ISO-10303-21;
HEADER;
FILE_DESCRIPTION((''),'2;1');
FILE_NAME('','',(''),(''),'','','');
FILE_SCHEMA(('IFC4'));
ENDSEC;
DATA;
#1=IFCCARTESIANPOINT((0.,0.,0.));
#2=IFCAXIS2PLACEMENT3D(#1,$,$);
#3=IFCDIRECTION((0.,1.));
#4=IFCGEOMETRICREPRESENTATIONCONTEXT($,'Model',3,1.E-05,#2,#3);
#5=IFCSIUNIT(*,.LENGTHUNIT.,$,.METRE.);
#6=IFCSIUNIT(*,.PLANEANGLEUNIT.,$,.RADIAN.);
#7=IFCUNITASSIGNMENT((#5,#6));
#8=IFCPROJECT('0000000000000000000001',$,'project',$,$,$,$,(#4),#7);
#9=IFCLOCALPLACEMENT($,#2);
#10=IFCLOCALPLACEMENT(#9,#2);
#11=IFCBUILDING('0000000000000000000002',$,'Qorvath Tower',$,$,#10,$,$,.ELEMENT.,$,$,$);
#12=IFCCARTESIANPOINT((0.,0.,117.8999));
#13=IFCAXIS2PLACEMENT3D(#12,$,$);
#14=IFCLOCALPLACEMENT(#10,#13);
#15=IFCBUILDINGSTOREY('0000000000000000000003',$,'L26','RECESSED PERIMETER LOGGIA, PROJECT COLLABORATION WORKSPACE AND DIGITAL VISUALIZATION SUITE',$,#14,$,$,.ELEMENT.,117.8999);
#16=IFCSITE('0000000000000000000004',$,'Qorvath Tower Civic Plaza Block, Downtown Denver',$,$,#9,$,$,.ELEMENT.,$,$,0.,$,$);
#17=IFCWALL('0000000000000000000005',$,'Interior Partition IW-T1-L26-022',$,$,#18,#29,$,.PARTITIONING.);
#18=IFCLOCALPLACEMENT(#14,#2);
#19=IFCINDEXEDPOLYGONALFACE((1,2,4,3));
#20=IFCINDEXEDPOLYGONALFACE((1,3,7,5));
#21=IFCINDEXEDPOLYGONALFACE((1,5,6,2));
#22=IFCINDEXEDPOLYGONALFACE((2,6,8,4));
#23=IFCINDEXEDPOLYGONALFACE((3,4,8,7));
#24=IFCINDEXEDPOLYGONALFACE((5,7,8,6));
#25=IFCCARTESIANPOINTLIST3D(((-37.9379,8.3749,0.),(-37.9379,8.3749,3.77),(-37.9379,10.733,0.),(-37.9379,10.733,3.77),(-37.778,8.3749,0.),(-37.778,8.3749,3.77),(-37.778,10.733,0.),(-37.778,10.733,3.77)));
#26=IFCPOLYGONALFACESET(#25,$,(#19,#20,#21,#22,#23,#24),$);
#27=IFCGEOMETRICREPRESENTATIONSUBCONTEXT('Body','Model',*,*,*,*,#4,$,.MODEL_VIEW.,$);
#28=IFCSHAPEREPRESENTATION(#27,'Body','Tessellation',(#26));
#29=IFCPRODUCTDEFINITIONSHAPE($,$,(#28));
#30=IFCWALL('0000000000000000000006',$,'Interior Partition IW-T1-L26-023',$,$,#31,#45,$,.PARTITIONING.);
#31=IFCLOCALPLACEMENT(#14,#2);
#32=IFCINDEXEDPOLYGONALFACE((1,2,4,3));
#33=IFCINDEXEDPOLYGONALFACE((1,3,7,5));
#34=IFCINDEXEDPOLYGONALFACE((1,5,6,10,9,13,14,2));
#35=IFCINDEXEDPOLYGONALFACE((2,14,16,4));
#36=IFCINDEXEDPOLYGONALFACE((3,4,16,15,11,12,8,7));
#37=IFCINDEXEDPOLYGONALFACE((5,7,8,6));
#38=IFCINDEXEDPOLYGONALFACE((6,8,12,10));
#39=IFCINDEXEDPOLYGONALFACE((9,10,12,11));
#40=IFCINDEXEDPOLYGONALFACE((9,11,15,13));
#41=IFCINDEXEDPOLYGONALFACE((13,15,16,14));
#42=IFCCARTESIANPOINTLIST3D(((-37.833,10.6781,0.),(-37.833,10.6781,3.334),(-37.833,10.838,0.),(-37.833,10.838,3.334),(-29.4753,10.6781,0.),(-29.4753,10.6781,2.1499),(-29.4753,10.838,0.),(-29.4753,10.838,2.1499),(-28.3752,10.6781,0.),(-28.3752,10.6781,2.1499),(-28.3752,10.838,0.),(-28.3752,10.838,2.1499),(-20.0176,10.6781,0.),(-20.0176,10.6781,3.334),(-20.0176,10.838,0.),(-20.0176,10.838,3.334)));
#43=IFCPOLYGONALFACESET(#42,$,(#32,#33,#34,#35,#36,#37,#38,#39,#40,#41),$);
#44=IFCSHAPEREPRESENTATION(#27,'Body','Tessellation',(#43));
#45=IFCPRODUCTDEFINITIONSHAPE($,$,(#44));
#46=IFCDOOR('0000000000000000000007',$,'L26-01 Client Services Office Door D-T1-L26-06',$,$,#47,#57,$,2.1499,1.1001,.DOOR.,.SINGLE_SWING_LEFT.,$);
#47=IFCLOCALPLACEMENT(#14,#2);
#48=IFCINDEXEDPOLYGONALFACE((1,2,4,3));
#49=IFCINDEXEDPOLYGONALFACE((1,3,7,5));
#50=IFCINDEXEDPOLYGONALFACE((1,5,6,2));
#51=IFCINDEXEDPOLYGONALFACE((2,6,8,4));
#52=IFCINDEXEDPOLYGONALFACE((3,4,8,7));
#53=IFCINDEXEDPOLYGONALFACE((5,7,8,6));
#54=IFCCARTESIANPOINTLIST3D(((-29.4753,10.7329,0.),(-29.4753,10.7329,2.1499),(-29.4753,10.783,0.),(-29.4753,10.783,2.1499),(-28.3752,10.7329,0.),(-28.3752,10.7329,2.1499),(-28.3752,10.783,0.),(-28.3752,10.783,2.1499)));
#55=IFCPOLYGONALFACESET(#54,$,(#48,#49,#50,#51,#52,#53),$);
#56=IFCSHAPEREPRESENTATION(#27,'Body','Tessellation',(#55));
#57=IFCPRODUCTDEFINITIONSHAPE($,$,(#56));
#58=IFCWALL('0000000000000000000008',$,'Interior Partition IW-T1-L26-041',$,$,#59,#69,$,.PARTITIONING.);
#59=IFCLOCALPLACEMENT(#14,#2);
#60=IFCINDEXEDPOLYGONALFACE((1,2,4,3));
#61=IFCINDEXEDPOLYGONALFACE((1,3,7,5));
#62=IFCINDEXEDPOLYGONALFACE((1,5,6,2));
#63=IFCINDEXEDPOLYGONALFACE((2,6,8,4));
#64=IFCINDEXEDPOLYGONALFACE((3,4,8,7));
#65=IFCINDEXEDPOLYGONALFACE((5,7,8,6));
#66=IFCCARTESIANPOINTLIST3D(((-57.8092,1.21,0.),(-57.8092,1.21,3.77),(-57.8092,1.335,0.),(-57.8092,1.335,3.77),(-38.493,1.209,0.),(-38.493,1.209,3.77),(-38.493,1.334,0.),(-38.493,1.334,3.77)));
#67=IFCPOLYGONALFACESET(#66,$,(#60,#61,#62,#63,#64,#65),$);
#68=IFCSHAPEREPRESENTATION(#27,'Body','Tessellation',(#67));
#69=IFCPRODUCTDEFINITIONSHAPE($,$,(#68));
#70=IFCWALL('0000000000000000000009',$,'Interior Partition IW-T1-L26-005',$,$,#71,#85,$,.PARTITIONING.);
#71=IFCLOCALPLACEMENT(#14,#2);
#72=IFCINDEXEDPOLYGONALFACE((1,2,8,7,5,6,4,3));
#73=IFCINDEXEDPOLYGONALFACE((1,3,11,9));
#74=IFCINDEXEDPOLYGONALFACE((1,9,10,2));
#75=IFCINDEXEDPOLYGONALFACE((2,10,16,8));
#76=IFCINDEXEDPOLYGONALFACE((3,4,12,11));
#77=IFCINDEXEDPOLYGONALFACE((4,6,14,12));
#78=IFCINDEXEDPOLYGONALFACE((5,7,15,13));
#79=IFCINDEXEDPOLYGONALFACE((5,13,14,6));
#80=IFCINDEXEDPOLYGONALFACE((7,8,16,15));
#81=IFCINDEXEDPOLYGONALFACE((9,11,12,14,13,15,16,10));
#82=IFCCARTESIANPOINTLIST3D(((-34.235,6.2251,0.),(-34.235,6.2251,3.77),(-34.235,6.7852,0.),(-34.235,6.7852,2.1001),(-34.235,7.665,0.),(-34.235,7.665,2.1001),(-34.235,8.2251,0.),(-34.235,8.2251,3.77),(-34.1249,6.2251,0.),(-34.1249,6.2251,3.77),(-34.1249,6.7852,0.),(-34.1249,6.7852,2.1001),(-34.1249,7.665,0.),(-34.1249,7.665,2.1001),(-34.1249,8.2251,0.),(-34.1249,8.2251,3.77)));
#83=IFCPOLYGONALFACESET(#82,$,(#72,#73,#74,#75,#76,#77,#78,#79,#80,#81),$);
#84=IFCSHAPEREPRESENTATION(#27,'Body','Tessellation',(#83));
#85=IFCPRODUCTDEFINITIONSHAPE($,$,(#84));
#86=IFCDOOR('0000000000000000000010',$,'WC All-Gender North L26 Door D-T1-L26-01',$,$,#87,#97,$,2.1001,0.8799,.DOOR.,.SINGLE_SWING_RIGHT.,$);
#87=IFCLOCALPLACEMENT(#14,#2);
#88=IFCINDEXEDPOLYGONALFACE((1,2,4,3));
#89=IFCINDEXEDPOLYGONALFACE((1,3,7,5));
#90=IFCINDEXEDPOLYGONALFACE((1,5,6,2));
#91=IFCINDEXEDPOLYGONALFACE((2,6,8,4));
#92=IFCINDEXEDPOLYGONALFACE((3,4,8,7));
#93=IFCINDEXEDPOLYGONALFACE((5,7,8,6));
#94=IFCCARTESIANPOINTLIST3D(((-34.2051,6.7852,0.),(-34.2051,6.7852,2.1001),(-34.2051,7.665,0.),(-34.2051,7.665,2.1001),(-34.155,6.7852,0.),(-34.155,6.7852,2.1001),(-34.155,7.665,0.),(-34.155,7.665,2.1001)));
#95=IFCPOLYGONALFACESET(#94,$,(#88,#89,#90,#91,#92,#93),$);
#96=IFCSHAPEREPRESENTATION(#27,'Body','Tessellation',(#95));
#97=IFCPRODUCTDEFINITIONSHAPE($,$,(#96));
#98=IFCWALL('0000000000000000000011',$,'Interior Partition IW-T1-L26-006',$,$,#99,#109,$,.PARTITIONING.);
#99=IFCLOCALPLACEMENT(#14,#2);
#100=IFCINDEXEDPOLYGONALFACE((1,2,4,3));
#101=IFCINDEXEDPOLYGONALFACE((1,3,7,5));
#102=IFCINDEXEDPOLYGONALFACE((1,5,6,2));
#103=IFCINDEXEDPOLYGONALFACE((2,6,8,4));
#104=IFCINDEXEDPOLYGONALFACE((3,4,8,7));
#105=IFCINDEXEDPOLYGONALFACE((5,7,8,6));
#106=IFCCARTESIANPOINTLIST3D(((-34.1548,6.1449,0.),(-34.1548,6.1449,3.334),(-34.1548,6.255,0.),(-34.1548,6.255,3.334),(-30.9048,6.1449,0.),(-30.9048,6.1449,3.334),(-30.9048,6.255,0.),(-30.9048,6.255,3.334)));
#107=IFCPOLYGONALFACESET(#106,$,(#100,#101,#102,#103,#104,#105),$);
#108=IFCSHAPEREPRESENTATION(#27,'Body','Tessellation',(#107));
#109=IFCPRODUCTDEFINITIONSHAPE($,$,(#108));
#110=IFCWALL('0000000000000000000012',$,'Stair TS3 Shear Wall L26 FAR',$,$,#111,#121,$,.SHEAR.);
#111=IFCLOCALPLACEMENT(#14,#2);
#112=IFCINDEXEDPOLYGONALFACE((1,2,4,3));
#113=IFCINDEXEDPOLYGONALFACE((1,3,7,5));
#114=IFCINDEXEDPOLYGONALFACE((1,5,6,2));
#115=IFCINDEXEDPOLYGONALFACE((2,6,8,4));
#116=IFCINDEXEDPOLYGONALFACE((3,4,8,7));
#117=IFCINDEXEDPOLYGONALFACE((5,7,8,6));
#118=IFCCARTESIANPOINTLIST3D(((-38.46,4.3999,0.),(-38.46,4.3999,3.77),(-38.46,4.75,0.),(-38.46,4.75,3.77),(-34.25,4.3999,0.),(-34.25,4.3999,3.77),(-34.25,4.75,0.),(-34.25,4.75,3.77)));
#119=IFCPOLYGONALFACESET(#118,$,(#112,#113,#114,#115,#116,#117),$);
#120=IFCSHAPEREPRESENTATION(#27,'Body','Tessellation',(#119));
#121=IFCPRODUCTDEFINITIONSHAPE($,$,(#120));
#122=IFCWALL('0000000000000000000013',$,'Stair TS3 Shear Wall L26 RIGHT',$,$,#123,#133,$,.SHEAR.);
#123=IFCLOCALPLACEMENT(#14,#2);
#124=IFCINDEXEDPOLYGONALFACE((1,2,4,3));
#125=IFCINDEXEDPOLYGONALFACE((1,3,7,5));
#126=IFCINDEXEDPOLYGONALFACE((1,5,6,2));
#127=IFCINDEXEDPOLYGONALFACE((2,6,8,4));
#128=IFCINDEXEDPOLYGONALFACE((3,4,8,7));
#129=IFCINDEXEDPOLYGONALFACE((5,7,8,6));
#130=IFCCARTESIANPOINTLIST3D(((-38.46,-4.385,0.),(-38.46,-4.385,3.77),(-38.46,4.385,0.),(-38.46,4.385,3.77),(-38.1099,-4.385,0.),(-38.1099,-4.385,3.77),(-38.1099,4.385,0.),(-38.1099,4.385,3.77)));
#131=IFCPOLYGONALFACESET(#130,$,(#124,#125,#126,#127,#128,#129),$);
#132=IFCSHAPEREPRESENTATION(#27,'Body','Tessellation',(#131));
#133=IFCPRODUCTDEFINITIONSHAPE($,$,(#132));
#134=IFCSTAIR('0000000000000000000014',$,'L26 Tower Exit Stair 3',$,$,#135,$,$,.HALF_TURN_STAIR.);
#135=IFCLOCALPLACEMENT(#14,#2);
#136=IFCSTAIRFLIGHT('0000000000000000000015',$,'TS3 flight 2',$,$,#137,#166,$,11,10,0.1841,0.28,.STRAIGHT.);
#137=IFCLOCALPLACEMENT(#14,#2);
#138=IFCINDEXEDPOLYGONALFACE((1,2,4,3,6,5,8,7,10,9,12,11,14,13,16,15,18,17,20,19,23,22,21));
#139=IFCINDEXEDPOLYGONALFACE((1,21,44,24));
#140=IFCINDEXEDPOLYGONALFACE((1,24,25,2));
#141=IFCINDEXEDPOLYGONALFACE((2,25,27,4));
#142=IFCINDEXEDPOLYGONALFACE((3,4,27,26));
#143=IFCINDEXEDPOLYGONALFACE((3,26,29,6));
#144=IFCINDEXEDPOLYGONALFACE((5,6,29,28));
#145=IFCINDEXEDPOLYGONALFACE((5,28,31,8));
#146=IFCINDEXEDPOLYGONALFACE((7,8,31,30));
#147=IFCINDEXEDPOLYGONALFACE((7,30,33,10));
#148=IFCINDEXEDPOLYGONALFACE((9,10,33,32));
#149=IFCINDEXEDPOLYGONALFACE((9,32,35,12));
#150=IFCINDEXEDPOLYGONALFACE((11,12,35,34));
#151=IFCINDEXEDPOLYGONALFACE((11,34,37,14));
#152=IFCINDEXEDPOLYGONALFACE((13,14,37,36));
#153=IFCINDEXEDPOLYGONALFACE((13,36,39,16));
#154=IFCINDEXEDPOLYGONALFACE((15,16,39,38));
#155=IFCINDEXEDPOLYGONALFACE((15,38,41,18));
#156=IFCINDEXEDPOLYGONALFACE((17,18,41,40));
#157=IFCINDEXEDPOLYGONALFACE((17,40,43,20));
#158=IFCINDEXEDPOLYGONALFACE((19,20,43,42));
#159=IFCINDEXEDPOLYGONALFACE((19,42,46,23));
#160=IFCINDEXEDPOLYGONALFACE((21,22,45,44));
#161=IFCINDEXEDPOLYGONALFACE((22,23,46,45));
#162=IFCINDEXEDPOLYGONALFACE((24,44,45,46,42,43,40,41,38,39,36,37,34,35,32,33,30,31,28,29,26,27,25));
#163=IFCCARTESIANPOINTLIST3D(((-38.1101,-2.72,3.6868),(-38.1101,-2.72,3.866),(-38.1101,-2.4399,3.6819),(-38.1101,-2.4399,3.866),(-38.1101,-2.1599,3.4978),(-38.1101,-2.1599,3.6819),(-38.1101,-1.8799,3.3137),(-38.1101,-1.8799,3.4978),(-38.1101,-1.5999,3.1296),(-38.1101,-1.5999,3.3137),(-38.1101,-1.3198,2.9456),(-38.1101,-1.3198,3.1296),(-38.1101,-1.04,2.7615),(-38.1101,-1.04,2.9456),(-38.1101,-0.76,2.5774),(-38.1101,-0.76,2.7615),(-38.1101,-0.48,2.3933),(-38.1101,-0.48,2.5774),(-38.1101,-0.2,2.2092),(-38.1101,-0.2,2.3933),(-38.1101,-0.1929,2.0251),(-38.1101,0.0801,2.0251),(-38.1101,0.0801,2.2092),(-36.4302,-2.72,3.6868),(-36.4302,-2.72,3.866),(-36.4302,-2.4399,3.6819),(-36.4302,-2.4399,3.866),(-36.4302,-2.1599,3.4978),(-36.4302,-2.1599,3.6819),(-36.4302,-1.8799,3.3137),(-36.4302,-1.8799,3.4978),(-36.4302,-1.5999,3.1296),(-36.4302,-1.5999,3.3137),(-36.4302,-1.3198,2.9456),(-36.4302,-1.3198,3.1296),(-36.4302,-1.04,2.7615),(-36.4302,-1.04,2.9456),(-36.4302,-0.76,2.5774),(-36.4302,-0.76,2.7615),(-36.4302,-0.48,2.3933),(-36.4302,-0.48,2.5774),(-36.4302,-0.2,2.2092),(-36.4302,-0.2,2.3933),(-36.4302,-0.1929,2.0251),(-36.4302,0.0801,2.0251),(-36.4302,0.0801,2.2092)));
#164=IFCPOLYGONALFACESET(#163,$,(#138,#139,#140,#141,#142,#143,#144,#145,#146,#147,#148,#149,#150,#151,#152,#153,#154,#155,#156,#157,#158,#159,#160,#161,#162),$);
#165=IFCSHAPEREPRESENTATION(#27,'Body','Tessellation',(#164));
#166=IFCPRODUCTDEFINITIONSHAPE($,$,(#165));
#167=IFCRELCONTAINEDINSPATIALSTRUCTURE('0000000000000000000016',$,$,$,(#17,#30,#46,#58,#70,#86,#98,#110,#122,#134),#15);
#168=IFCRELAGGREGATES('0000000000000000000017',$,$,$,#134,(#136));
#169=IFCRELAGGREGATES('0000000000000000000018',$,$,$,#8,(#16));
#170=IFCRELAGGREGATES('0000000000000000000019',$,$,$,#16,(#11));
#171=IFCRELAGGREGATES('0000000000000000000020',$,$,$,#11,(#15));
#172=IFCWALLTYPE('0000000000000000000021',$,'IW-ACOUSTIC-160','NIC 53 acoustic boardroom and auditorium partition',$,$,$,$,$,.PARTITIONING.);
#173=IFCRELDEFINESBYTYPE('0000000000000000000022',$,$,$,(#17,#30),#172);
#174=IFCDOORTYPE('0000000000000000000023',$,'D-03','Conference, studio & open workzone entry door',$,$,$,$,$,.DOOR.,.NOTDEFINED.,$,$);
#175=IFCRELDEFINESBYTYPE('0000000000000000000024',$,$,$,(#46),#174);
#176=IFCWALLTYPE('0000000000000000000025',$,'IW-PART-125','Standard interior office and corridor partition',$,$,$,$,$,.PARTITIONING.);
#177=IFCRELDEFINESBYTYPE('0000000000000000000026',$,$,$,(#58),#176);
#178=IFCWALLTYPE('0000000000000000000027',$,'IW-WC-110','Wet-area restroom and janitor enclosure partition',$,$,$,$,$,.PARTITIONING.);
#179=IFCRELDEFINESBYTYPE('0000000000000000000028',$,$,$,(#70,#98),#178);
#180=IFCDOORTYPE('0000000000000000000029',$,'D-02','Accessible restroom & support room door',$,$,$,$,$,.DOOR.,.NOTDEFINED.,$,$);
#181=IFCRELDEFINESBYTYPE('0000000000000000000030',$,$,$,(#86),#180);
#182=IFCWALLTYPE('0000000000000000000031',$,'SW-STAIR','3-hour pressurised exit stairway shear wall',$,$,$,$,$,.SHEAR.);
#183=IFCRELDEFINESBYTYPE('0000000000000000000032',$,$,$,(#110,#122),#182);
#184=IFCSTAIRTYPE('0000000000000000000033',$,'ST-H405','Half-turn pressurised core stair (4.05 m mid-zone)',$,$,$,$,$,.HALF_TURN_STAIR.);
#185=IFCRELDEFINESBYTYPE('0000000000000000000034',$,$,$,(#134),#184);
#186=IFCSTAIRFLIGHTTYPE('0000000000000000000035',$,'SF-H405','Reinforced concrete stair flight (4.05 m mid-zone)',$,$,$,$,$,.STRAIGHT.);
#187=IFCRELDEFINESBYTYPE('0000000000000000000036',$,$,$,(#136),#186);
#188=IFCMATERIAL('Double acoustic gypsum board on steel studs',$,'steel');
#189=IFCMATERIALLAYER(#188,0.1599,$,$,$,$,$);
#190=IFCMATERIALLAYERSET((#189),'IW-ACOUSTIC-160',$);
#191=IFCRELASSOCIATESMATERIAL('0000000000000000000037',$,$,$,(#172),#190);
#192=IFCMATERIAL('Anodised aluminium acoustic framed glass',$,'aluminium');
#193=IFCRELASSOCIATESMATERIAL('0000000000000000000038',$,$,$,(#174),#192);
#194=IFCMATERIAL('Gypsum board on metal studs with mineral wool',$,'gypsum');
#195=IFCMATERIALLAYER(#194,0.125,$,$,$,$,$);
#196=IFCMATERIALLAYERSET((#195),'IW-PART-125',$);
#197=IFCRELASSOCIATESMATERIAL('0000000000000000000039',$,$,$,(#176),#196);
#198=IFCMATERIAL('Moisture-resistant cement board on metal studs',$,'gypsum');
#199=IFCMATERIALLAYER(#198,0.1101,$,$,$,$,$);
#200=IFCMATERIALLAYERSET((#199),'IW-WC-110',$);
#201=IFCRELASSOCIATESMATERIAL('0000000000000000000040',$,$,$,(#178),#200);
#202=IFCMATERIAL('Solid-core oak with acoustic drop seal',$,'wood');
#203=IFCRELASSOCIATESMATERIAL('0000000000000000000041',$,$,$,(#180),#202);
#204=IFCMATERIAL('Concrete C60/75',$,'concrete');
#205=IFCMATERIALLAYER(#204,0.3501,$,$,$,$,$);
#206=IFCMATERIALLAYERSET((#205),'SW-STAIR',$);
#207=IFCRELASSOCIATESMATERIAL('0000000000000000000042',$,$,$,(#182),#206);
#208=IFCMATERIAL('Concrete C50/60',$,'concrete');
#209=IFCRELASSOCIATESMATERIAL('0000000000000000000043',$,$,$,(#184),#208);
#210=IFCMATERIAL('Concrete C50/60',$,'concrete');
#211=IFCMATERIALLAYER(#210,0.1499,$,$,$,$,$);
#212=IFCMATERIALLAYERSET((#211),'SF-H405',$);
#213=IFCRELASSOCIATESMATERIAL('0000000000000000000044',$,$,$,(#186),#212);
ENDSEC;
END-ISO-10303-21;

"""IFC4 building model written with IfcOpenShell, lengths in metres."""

from ifc_helpers import new_model, si_unit, direction, frame, frame_2d, origin, place, context, subcontext, project, spatial, polyline, rectangle, outline, extrude, material, layer, layer_set, type_object, element, fill, aggregate, save


model = new_model("IFC4")

# Units and contexts
model_context = context("Model", 3, precision=1e-05, world=origin(), true_north=direction((0.0, 1.0)))
body_context = subcontext(model_context, "Body", "Model", "MODEL_VIEW")
ifc_project = project(units=[si_unit("LENGTHUNIT", "METRE"), si_unit("PLANEANGLEUNIT", "RADIAN")], contexts=[model_context])

# Site, building, storey
site_placement = place(None, origin())
site = spatial("IfcSite", under=ifc_project, at=site_placement, Name="Qorvath Tower Civic Plaza Block, Downtown Denver", CompositionType="ELEMENT", RefElevation=0.0)
building_placement = place(site_placement, origin())
building = spatial("IfcBuilding", under=site, at=building_placement, Name="Qorvath Tower", CompositionType="ELEMENT")
storey_placement = place(building_placement, frame((0.0, 0.0, 117.8999)))
storey = spatial("IfcBuildingStorey", under=building, at=storey_placement, Name="L26", Description="RECESSED PERIMETER LOGGIA, PROJECT COLLABORATION WORKSPACE AND DIGITAL VISUALIZATION SUITE", CompositionType="ELEMENT", Elevation=117.8999)

# Wall
ifc_material_1 = material(Name="Double acoustic gypsum board on steel studs", Category="steel")
ifc_layer_1 = layer(ifc_material_1, 0.1599)
ifc_layer_set_1 = layer_set([ifc_layer_1], Name="IW-ACOUSTIC-160")
wall_type_1 = type_object("IfcWallType", Name="IW-ACOUSTIC-160", Description="NIC 53 acoustic boardroom and auditorium partition", PredefinedType="PARTITIONING", material=ifc_layer_set_1)
wall_1_placement = place(storey_placement, frame((-37.8579, 10.7332, 0.0), z_axis=(0.0, 0.0, 1.0), x_axis=(0.0, -1.0, 0.0)))
element("IfcWall", 1, at=wall_1_placement, inside=storey, type_object=wall_type_1, Name="Interior Partition IW-T1-L26-022", PredefinedType="PARTITIONING", context=body_context, shape_type="SweptSolid", body=[
    extrude(rectangle(XDim=2.3582, YDim=0.1599, at=frame_2d((1.1792, 0.0))), origin(), (0.0, 0.0, 1.0), 3.77),
])

# Wall, opening, door
wall_2_placement = place(storey_placement, frame((-37.833, 10.7581, 0.0), z_axis=(0.0, 0.0, 1.0), x_axis=(1.0, 0.0, 0.0)))
wall_2 = element("IfcWall", 2, at=wall_2_placement, inside=storey, type_object=wall_type_1, Name="Interior Partition IW-T1-L26-023", PredefinedType="PARTITIONING", context=body_context, shape_type="SweptSolid", body=[
    extrude(rectangle(XDim=17.8154, YDim=0.1599, at=frame_2d((8.9077, 0.0))), origin(), (0.0, 0.0, 1.0), 3.334),
])
opening_1_placement = place(wall_2_placement, frame((8.3577, 0.0, 0.0)))
opening_1 = element("IfcOpeningElement", 3, at=opening_1_placement, cuts=wall_2, PredefinedType="OPENING", context=body_context, shape_type="SweptSolid", body=[
    extrude(rectangle(XDim=1.1001, YDim=2.1499, at=frame_2d((0.55, 1.075))), frame((0.0, 0.0898, 0.0), z_axis=(0.0, -1.0, 0.0), x_axis=(1.0, 0.0, 0.0)), (0.0, 0.0, 1.0), 0.1799),
])
ifc_material_2 = material(Name="Anodised aluminium acoustic framed glass", Category="aluminium")
door_type_1 = type_object("IfcDoorType", Name="D-03", Description="Conference, studio & open workzone entry door", OperationType="NOTDEFINED", PredefinedType="DOOR", material=ifc_material_2)
door_1_placement = place(opening_1_placement, origin())
door_1 = element("IfcDoor", 4, at=door_1_placement, inside=storey, type_object=door_type_1, Name="L26-01 Client Services Office Door D-T1-L26-06", OperationType="SINGLE_SWING_LEFT", OverallHeight=2.1499, OverallWidth=1.1001, PredefinedType="DOOR", context=body_context, shape_type="SweptSolid", body=[
    extrude(rectangle(XDim=1.1001, YDim=2.1499, at=frame_2d((0.55, 1.075))), frame((0.0, 0.0249, 0.0), z_axis=(0.0, -1.0, 0.0), x_axis=(1.0, 0.0, 0.0)), (0.0, 0.0, 1.0), 0.05),
])
fill(opening_1, door_1)

# Wall
ifc_material_3 = material(Name="Gypsum board on metal studs with mineral wool", Category="gypsum")
ifc_layer_2 = layer(ifc_material_3, 0.125)
ifc_layer_set_2 = layer_set([ifc_layer_2], Name="IW-PART-125")
wall_type_2 = type_object("IfcWallType", Name="IW-PART-125", Description="Standard interior office and corridor partition", PredefinedType="PARTITIONING", material=ifc_layer_set_2)
wall_3_placement = place(storey_placement, frame((-38.4929, 1.2715, 0.0), z_axis=(0.0, 0.0, 1.0), x_axis=(-1.0, 0.000051, 0.0)))
element("IfcWall", 5, at=wall_3_placement, inside=storey, type_object=wall_type_2, Name="Interior Partition IW-T1-L26-041", PredefinedType="PARTITIONING", context=body_context, shape_type="SweptSolid", body=[
    extrude(rectangle(XDim=19.3162, YDim=0.125, at=frame_2d((9.6582, 0.0))), origin(), (0.0, 0.0, 1.0), 3.77),
])

# Wall, opening, door
ifc_material_4 = material(Name="Moisture-resistant cement board on metal studs", Category="gypsum")
ifc_layer_3 = layer(ifc_material_4, 0.1101)
ifc_layer_set_3 = layer_set([ifc_layer_3], Name="IW-WC-110")
wall_type_3 = type_object("IfcWallType", Name="IW-WC-110", Description="Wet-area restroom and janitor enclosure partition", PredefinedType="PARTITIONING", material=ifc_layer_set_3)
wall_4_placement = place(storey_placement, frame((-34.1799, 8.2251, 0.0), z_axis=(0.0, 0.0, 1.0), x_axis=(0.0, -1.0, 0.0)))
wall_4 = element("IfcWall", 6, at=wall_4_placement, inside=storey, type_object=wall_type_3, Name="Interior Partition IW-T1-L26-005", PredefinedType="PARTITIONING", context=body_context, shape_type="SweptSolid", body=[
    extrude(rectangle(XDim=2.0, YDim=0.1101, at=frame_2d((1.0, 0.0))), origin(), (0.0, 0.0, 1.0), 3.77),
])
opening_2_placement = place(wall_4_placement, frame((0.5601, 0.0, 0.0)))
opening_2 = element("IfcOpeningElement", 7, at=opening_2_placement, cuts=wall_4, PredefinedType="OPENING", context=body_context, shape_type="SweptSolid", body=[
    extrude(rectangle(XDim=0.8799, YDim=2.1001, at=frame_2d((0.4399, 1.05))), frame((0.0, 0.0649, 0.0), z_axis=(0.0, -1.0, 0.0), x_axis=(1.0, 0.0, 0.0)), (0.0, 0.0, 1.0), 0.1301),
])
ifc_material_5 = material(Name="Solid-core oak with acoustic drop seal", Category="wood")
door_type_2 = type_object("IfcDoorType", Name="D-02", Description="Accessible restroom & support room door", OperationType="NOTDEFINED", PredefinedType="DOOR", material=ifc_material_5)
door_2_placement = place(opening_2_placement, origin())
door_2 = element("IfcDoor", 8, at=door_2_placement, inside=storey, type_object=door_type_2, Name="WC All-Gender North L26 Door D-T1-L26-01", OperationType="SINGLE_SWING_RIGHT", OverallHeight=2.1001, OverallWidth=0.8799, PredefinedType="DOOR", context=body_context, shape_type="SweptSolid", body=[
    extrude(rectangle(XDim=0.8799, YDim=2.1001, at=frame_2d((0.4399, 1.05))), frame((0.0, 0.0249, 0.0), z_axis=(0.0, -1.0, 0.0), x_axis=(1.0, 0.0, 0.0)), (0.0, 0.0, 1.0), 0.05),
])
fill(opening_2, door_2)

# Walls
wall_5_placement = place(storey_placement, frame((-34.1548, 6.2, 0.0), z_axis=(0.0, 0.0, 1.0), x_axis=(1.0, 0.0, 0.0)))
element("IfcWall", 9, at=wall_5_placement, inside=storey, type_object=wall_type_3, Name="Interior Partition IW-T1-L26-006", PredefinedType="PARTITIONING", context=body_context, shape_type="SweptSolid", body=[
    extrude(rectangle(XDim=3.25, YDim=0.1101, at=frame_2d((1.625, 0.0))), origin(), (0.0, 0.0, 1.0), 3.334),
])
ifc_material_6 = material(Name="Concrete C60/75", Category="concrete")
ifc_layer_4 = layer(ifc_material_6, 0.3501)
ifc_layer_set_4 = layer_set([ifc_layer_4], Name="SW-STAIR")
wall_type_4 = type_object("IfcWallType", Name="SW-STAIR", Description="3-hour pressurised exit stairway shear wall", PredefinedType="SHEAR", material=ifc_layer_set_4)
wall_6_placement = place(storey_placement, frame((-34.25, 4.575, 0.0), z_axis=(0.0, 0.0, 1.0), x_axis=(-1.0, 0.0, 0.0)))
element("IfcWall", 10, at=wall_6_placement, inside=storey, type_object=wall_type_4, Name="Stair TS3 Shear Wall L26 FAR", PredefinedType="SHEAR", context=body_context, shape_type="SweptSolid", body=[
    extrude(rectangle(XDim=4.21, YDim=0.3501, at=frame_2d((2.105, 0.0))), origin(), (0.0, 0.0, 1.0), 3.77),
])
wall_7_placement = place(storey_placement, frame((-38.2849, 4.385, 0.0), z_axis=(0.0, 0.0, 1.0), x_axis=(0.0, -1.0, 0.0)))
element("IfcWall", 11, at=wall_7_placement, inside=storey, type_object=wall_type_4, Name="Stair TS3 Shear Wall L26 RIGHT", PredefinedType="SHEAR", context=body_context, shape_type="SweptSolid", body=[
    extrude(rectangle(XDim=8.77, YDim=0.3501, at=frame_2d((4.385, 0.0))), origin(), (0.0, 0.0, 1.0), 3.77),
])

# Stair, stair flight
ifc_material_7 = material(Name="Concrete C50/60", Category="concrete")
stair_type = type_object("IfcStairType", Name="ST-H405", Description="Half-turn pressurised core stair (4.05 m mid-zone)", PredefinedType="HALF_TURN_STAIR", material=ifc_material_7)
stair_placement = place(storey_placement, origin())
stair = element("IfcStair", 12, at=stair_placement, inside=storey, type_object=stair_type, Name="L26 Tower Exit Stair 3", PredefinedType="HALF_TURN_STAIR")
ifc_material_8 = material(Name="Concrete C50/60", Category="concrete")
ifc_layer_5 = layer(ifc_material_8, 0.1499)
ifc_layer_set_5 = layer_set([ifc_layer_5], Name="SF-H405")
stair_flight_type = type_object("IfcStairFlightType", Name="SF-H405", Description="Reinforced concrete stair flight (4.05 m mid-zone)", PredefinedType="STRAIGHT", material=ifc_layer_set_5)
stair_flight_placement = place(storey_placement, frame((-37.27, 0.0801, 2.0251), z_axis=(0.0, 0.0, 1.0), x_axis=(0.0, -1.0, 0.0)))
stair_flight = element("IfcStairFlight", 13, at=stair_flight_placement, type_object=stair_flight_type, Name="TS3 flight 2", NumberOfRisers=11, NumberOfTreads=10, PredefinedType="STRAIGHT", RiserHeight=0.1841, TreadLength=0.28, context=body_context, shape_type="SweptSolid", body=[
    extrude(outline(polyline([(0.0, 0.0), (0.0, 0.1841), (0.28, 0.1841), (0.28, 0.3682), (0.5601, 0.3682), (0.5601, 0.5522), (0.8401, 0.5522), (0.8401, 0.7363), (1.1201, 0.7363), (1.1201, 0.9204), (1.3999, 0.9204), (1.3999, 1.1045), (1.6799, 1.1045), (1.6799, 1.2886), (1.96, 1.2886), (1.96, 1.4727), (2.24, 1.4727), (2.24, 1.6567), (2.52, 1.6567), (2.52, 1.8408), (2.8, 1.8408), (2.8, 2.0249), (2.8, 1.6616), (0.2729, 0.0), (0.0, 0.0)])), frame((0.0, 0.8398, 0.0), z_axis=(0.0, -1.0, 0.0), x_axis=(1.0, 0.0, 0.0)), (0.0, 0.0, 1.0), 1.6799),
])
aggregate(stair, [stair_flight])

save(model, "model.ifc")
